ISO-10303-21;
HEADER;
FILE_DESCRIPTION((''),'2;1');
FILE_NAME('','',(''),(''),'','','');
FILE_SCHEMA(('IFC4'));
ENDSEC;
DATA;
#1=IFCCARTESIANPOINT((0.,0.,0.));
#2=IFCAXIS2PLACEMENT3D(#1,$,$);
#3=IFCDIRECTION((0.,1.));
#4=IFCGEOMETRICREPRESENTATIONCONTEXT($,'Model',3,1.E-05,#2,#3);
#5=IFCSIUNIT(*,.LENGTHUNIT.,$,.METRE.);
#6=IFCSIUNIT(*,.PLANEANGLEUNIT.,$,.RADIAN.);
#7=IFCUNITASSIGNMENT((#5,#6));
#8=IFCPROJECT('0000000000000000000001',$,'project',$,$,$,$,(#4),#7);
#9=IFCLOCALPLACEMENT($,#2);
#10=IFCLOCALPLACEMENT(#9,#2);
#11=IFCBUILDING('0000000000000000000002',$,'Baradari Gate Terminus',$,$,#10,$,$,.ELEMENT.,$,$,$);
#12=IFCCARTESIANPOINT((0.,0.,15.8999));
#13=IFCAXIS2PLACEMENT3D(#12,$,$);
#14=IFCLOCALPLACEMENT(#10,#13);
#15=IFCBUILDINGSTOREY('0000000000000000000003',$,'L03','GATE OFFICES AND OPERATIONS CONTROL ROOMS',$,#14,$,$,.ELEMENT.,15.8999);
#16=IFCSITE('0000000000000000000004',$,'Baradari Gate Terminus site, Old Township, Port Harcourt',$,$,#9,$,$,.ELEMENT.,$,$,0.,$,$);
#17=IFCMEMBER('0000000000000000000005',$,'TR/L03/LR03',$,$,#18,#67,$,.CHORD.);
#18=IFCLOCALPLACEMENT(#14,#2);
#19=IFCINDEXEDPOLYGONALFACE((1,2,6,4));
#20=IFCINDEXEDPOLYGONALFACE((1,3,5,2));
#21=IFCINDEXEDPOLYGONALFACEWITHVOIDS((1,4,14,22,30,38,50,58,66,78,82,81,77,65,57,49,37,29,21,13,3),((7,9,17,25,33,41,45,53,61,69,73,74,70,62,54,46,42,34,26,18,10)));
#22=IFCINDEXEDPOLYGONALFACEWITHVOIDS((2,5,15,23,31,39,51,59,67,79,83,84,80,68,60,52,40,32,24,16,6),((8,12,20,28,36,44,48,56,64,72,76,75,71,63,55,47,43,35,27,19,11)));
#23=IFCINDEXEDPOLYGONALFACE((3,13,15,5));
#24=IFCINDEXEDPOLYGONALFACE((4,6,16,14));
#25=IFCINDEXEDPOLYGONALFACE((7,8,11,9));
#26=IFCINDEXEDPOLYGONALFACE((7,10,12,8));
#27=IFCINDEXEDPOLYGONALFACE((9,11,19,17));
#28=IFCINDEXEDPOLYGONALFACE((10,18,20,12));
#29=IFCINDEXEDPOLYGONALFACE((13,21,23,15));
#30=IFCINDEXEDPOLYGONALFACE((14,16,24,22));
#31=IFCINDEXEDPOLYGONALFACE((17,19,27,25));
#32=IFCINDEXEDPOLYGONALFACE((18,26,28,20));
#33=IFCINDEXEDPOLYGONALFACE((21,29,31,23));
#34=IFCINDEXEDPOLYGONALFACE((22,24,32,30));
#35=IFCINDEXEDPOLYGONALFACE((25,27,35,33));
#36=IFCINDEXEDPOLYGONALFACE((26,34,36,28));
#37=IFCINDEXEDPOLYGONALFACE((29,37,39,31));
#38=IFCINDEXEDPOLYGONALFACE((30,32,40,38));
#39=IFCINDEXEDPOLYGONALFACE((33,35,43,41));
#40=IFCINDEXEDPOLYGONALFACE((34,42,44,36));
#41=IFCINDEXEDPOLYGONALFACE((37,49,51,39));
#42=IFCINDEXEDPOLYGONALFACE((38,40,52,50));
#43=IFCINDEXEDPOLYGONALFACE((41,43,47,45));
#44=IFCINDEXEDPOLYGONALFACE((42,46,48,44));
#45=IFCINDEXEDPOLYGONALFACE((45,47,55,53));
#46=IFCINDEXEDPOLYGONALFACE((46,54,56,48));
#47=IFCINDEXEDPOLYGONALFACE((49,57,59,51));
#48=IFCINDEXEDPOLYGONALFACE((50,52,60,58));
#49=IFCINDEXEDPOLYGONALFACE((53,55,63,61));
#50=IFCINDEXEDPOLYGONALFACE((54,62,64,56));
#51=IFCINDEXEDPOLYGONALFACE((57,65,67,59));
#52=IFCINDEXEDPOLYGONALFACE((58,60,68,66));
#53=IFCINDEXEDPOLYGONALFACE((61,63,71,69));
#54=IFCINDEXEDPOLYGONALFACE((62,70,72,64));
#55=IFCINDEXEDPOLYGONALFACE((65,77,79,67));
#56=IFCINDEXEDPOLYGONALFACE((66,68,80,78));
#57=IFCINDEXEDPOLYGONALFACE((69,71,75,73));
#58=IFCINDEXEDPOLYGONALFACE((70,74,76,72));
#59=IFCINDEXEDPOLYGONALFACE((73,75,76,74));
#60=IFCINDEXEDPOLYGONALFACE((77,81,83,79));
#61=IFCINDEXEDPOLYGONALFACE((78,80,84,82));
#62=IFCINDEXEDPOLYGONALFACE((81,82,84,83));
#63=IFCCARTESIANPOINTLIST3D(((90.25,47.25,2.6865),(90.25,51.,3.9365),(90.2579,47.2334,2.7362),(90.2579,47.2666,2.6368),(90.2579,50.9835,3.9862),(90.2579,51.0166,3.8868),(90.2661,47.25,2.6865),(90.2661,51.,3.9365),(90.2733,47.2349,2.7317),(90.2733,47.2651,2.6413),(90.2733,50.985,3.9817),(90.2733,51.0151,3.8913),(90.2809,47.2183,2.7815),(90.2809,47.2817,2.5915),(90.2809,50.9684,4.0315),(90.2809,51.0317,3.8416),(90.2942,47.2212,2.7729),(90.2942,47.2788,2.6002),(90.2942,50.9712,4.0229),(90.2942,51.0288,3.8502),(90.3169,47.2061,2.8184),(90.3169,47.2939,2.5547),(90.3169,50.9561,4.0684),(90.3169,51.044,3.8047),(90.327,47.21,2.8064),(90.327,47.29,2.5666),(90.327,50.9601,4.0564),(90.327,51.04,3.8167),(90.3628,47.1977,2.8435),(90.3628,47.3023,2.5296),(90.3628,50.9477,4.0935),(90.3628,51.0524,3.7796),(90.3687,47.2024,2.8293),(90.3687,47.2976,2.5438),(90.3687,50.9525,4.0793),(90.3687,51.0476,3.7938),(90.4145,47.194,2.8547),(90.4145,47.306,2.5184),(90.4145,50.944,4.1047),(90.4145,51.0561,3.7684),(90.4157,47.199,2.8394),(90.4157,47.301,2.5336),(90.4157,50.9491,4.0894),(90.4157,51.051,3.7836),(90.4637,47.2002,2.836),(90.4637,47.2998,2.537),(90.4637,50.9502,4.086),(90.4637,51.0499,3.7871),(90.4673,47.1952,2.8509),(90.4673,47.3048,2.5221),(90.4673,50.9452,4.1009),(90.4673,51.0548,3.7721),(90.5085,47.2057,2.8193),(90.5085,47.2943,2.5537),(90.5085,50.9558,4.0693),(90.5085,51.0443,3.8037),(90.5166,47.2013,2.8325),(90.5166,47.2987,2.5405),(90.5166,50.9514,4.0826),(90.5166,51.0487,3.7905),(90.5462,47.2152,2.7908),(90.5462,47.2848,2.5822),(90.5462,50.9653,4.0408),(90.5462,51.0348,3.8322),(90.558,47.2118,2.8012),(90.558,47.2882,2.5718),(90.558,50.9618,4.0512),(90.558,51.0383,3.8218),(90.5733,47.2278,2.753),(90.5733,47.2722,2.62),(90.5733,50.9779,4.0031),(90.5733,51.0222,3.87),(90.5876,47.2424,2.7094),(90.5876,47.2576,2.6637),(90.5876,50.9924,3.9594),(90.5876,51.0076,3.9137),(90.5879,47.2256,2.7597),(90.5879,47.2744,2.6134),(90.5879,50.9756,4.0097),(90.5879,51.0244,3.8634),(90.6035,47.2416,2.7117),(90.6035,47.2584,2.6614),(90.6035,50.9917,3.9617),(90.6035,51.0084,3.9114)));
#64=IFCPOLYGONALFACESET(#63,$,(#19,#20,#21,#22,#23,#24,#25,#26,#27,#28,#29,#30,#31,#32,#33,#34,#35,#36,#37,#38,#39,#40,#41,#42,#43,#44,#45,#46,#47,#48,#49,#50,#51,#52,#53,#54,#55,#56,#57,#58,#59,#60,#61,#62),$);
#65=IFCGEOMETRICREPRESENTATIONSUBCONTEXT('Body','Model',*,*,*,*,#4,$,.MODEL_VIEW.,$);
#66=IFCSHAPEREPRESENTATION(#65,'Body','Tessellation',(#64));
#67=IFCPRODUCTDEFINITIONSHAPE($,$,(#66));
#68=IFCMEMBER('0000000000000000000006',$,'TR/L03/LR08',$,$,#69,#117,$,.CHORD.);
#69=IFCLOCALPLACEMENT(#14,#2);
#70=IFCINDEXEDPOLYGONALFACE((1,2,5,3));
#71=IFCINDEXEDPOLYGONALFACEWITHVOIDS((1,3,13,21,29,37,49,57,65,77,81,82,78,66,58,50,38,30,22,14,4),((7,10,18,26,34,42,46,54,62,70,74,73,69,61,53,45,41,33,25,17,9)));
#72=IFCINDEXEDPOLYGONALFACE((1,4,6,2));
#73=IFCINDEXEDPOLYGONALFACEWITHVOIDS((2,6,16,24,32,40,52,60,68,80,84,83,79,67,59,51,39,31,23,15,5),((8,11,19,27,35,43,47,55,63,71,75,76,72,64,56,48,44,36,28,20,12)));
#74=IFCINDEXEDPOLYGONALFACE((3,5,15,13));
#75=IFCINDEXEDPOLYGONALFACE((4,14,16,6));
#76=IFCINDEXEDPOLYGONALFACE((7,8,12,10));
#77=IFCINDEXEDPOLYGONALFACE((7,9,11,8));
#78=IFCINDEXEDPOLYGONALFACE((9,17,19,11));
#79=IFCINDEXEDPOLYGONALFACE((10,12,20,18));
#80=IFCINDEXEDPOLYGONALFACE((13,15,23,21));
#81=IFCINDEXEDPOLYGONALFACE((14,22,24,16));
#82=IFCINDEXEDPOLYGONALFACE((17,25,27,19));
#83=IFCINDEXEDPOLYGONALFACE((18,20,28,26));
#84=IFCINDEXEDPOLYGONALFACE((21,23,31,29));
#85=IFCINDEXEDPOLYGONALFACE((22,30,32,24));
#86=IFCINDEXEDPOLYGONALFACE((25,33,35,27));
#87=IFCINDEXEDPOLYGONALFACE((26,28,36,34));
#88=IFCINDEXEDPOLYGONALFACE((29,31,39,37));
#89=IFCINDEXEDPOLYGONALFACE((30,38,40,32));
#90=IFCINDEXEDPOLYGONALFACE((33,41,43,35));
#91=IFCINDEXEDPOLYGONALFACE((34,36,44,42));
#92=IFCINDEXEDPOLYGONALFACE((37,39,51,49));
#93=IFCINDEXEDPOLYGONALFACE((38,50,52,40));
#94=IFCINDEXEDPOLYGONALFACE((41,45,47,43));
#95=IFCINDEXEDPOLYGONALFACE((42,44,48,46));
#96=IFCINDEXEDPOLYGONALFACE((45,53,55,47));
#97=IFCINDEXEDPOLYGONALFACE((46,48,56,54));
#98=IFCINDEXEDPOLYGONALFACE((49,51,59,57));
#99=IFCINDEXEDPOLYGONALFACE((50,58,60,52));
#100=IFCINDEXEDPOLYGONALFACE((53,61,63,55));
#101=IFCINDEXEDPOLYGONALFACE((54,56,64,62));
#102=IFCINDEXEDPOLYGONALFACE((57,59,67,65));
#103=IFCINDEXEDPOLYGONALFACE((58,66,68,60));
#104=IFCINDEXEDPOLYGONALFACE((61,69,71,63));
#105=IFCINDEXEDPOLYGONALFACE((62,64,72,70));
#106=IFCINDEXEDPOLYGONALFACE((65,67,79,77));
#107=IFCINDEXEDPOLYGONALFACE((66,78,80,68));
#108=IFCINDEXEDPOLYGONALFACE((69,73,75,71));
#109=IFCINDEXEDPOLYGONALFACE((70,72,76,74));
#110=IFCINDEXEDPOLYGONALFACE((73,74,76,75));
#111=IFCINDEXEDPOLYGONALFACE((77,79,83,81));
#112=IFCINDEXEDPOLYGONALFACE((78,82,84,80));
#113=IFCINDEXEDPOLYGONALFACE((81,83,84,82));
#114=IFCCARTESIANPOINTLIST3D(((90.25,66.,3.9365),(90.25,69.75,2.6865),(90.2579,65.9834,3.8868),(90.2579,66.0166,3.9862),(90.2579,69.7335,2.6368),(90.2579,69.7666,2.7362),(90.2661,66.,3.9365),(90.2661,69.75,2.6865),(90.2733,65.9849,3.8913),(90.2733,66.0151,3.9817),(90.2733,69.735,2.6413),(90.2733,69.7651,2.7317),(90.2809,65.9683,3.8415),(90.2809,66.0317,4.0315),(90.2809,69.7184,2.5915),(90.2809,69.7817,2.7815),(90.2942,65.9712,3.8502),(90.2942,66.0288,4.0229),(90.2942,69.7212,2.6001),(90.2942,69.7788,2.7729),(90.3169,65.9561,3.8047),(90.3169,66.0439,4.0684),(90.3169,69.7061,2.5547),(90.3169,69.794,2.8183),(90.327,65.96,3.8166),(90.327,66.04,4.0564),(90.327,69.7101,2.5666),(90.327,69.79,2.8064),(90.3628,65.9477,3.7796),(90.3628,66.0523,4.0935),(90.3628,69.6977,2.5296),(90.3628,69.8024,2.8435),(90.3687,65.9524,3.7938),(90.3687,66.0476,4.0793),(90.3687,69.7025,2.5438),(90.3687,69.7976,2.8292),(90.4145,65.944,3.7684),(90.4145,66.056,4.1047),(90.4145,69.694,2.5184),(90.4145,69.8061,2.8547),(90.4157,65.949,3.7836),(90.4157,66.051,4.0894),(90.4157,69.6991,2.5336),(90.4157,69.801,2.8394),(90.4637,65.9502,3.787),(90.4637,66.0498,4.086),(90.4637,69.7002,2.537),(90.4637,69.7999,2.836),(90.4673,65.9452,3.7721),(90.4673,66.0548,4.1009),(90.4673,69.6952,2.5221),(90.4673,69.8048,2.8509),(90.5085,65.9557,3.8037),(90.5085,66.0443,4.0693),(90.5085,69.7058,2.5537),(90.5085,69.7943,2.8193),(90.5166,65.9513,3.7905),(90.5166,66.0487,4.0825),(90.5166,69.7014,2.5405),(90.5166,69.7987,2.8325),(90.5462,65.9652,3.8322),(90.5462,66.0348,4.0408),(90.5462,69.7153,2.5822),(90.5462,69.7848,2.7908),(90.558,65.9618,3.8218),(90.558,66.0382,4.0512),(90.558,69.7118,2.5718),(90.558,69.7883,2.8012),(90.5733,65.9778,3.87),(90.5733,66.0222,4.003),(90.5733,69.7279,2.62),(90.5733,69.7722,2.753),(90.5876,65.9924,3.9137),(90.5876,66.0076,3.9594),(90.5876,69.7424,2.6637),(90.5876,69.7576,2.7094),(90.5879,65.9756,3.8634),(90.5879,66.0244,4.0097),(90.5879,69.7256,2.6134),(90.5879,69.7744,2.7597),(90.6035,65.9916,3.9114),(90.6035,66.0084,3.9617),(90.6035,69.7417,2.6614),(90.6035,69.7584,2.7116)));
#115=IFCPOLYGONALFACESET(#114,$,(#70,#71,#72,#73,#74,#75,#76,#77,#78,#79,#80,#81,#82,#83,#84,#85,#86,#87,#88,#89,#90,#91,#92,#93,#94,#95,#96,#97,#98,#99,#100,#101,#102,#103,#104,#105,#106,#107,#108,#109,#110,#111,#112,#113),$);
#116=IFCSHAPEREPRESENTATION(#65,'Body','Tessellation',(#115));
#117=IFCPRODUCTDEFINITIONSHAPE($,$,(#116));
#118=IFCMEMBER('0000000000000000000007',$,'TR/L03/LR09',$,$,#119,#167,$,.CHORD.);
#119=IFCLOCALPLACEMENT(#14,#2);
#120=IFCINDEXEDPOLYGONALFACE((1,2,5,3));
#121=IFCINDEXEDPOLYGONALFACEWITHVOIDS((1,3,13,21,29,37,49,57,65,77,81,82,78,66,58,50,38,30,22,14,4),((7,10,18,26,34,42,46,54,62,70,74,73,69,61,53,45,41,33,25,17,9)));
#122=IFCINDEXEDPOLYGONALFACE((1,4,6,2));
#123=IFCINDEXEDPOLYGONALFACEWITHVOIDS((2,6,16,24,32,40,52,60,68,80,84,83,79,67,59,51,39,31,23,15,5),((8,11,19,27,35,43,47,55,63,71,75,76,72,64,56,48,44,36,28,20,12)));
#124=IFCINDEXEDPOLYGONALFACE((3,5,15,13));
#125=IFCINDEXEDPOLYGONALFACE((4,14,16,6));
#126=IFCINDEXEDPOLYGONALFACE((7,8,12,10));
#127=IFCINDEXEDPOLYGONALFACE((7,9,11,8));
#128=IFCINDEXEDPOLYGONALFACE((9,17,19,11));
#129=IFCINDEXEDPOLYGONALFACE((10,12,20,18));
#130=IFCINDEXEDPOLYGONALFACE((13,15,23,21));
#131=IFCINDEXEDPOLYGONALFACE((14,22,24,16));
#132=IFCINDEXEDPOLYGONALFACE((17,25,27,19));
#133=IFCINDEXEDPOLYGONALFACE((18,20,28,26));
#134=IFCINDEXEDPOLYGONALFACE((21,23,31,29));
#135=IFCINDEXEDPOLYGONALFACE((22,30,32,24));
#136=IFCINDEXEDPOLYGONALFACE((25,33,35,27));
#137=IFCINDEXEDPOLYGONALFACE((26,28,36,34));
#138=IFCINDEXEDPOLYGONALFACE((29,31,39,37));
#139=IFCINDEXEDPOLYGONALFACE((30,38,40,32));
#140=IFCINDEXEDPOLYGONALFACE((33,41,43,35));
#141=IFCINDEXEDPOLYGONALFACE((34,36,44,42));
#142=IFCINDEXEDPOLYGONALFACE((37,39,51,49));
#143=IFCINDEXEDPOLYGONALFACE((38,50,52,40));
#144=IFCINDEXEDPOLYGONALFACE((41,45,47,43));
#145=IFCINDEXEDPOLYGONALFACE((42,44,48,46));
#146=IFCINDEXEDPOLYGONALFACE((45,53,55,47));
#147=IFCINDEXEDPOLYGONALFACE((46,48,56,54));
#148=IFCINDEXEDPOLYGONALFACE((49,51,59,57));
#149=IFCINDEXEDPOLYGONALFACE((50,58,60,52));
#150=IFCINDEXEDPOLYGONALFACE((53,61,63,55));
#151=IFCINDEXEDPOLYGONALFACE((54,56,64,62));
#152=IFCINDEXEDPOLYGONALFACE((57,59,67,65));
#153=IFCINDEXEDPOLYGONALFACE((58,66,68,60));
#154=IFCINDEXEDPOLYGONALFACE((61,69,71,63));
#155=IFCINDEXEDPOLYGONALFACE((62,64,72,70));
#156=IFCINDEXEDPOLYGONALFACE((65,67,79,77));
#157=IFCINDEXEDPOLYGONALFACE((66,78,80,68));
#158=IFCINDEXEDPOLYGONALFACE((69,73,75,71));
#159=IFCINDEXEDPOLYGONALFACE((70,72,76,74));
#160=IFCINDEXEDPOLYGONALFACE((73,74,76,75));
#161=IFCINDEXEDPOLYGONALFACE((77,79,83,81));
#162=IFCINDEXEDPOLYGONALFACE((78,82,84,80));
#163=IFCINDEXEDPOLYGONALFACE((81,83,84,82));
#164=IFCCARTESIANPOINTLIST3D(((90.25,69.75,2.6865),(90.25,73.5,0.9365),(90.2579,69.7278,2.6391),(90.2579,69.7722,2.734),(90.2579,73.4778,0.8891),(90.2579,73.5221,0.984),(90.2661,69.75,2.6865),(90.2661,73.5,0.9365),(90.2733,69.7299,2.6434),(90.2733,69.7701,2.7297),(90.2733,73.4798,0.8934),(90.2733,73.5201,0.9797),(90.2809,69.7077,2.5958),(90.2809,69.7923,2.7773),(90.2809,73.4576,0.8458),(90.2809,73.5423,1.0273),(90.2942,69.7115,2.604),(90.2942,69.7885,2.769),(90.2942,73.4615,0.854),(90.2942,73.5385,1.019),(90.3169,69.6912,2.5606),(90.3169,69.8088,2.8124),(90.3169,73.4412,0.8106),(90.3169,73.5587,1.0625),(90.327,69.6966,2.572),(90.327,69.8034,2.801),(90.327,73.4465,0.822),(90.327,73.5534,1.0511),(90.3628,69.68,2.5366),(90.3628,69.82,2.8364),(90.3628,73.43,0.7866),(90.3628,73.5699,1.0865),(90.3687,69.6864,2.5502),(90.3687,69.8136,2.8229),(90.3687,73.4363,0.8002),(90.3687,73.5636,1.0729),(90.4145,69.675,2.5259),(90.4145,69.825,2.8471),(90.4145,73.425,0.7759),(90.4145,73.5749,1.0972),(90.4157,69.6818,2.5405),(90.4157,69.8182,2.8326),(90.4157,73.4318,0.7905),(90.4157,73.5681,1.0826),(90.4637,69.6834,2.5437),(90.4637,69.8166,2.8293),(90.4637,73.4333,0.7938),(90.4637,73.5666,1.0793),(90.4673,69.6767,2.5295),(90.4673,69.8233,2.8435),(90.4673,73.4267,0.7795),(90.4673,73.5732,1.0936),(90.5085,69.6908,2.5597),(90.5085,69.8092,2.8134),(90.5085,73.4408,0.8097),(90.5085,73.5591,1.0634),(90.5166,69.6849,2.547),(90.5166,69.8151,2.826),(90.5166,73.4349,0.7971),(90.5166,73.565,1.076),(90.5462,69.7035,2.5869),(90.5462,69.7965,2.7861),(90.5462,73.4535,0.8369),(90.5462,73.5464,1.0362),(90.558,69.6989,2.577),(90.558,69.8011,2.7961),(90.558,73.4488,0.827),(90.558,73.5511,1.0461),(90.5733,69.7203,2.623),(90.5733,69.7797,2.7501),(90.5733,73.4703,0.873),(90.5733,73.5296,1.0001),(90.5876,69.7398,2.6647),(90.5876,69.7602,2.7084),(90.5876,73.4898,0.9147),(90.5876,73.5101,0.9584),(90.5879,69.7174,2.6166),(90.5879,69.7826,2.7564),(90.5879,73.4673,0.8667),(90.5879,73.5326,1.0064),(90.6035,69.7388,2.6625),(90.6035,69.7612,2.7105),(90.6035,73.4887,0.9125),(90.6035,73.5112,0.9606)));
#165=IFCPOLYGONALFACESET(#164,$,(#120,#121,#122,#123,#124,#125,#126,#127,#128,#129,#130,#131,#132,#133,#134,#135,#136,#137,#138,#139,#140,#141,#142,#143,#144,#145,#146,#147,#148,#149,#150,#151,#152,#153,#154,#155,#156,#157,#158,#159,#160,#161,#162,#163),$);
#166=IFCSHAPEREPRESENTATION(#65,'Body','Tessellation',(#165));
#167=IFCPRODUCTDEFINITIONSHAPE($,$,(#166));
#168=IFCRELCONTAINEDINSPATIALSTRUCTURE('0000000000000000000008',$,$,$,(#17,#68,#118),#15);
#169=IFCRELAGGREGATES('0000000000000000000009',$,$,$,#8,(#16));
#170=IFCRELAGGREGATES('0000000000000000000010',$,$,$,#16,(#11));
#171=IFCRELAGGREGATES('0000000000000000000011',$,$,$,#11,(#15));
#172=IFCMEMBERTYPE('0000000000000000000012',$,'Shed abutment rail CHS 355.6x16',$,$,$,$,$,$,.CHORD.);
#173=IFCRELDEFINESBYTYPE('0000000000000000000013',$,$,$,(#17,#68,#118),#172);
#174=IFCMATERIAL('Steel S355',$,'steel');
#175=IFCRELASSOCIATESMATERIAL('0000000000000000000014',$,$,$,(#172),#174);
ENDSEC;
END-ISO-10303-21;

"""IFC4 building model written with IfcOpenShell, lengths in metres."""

from ifc_helpers import new_model, si_unit, direction, frame, origin, origin_2d, place, context, subcontext, project, spatial, hollow_circle, extrude, material, material_profile, profile_set, type_object, element, save


model = new_model("IFC4")

# Units and contexts
model_context = context("Model", 3, precision=1e-05, world=origin(), true_north=direction((0.0, 1.0)))
body_context = subcontext(model_context, "Body", "Model", "MODEL_VIEW")
ifc_project = project(units=[si_unit("LENGTHUNIT", "METRE"), si_unit("PLANEANGLEUNIT", "RADIAN")], contexts=[model_context])

# Site, building, storey
site_placement = place(None, origin())
site = spatial("IfcSite", under=ifc_project, at=site_placement, Name="Baradari Gate Terminus site, Old Township, Port Harcourt", CompositionType="ELEMENT", RefElevation=0.0)
building_placement = place(site_placement, origin())
building = spatial("IfcBuilding", under=site, at=building_placement, Name="Baradari Gate Terminus", CompositionType="ELEMENT")
storey_placement = place(building_placement, frame((0.0, 0.0, 15.8999)))
storey = spatial("IfcBuildingStorey", under=building, at=storey_placement, Name="L03", Description="GATE OFFICES AND OPERATIONS CONTROL ROOMS", CompositionType="ELEMENT", Elevation=15.8999)

# Members
ifc_material_1 = material(Name="Steel S355", Category="steel")
ifc_material_profile_1 = material_profile(ifc_material_1, hollow_circle(Radius=0.1777, WallThickness=0.0161, at=origin_2d()), Name="CHS 355.6x16")
ifc_profile_set_1 = profile_set([ifc_material_profile_1], Name="Steel S355")
member_type_1 = type_object("IfcMemberType", Name="Shed abutment rail CHS 355.6x16", PredefinedType="CHORD", material=ifc_profile_set_1)
for number, where, z_axis, x_axis, name in (
    (1, (90.4277, 47.25, 2.6865), (0.0, 0.948683, 0.316228), (-1.0, 0.0, 0.0), "TR/L03/LR03"),
    (2, (90.4277, 66.0, 3.9365), (0.0, 0.948683, -0.316228), (-1.0, 0.0, 0.0), "TR/L03/LR08"),
):
    element("IfcMember", number, at=place(storey_placement, frame(where, z_axis=z_axis, x_axis=x_axis)), inside=storey, type_object=member_type_1, Name=name, PredefinedType="CHORD", context=body_context, shape_type="SweptSolid", body=[
        extrude(hollow_circle(Radius=0.1777, WallThickness=0.0161, at=origin_2d()), origin(), (0.0, 0.0, 1.0), 3.9529),
    ])
member_1_placement = place(storey_placement, frame((90.4277, 69.75, 2.6865), z_axis=(0.0, 0.906183, -0.422885), x_axis=(-1.0, 0.0, 0.0)))
element("IfcMember", 3, at=member_1_placement, inside=storey, type_object=member_type_1, Name="TR/L03/LR09", PredefinedType="CHORD", context=body_context, shape_type="SweptSolid", body=[
    extrude(hollow_circle(Radius=0.1777, WallThickness=0.0161, at=origin_2d()), origin(), (0.0, 0.0, 1.0), 4.1382),
])

save(model, "model.ifc")
